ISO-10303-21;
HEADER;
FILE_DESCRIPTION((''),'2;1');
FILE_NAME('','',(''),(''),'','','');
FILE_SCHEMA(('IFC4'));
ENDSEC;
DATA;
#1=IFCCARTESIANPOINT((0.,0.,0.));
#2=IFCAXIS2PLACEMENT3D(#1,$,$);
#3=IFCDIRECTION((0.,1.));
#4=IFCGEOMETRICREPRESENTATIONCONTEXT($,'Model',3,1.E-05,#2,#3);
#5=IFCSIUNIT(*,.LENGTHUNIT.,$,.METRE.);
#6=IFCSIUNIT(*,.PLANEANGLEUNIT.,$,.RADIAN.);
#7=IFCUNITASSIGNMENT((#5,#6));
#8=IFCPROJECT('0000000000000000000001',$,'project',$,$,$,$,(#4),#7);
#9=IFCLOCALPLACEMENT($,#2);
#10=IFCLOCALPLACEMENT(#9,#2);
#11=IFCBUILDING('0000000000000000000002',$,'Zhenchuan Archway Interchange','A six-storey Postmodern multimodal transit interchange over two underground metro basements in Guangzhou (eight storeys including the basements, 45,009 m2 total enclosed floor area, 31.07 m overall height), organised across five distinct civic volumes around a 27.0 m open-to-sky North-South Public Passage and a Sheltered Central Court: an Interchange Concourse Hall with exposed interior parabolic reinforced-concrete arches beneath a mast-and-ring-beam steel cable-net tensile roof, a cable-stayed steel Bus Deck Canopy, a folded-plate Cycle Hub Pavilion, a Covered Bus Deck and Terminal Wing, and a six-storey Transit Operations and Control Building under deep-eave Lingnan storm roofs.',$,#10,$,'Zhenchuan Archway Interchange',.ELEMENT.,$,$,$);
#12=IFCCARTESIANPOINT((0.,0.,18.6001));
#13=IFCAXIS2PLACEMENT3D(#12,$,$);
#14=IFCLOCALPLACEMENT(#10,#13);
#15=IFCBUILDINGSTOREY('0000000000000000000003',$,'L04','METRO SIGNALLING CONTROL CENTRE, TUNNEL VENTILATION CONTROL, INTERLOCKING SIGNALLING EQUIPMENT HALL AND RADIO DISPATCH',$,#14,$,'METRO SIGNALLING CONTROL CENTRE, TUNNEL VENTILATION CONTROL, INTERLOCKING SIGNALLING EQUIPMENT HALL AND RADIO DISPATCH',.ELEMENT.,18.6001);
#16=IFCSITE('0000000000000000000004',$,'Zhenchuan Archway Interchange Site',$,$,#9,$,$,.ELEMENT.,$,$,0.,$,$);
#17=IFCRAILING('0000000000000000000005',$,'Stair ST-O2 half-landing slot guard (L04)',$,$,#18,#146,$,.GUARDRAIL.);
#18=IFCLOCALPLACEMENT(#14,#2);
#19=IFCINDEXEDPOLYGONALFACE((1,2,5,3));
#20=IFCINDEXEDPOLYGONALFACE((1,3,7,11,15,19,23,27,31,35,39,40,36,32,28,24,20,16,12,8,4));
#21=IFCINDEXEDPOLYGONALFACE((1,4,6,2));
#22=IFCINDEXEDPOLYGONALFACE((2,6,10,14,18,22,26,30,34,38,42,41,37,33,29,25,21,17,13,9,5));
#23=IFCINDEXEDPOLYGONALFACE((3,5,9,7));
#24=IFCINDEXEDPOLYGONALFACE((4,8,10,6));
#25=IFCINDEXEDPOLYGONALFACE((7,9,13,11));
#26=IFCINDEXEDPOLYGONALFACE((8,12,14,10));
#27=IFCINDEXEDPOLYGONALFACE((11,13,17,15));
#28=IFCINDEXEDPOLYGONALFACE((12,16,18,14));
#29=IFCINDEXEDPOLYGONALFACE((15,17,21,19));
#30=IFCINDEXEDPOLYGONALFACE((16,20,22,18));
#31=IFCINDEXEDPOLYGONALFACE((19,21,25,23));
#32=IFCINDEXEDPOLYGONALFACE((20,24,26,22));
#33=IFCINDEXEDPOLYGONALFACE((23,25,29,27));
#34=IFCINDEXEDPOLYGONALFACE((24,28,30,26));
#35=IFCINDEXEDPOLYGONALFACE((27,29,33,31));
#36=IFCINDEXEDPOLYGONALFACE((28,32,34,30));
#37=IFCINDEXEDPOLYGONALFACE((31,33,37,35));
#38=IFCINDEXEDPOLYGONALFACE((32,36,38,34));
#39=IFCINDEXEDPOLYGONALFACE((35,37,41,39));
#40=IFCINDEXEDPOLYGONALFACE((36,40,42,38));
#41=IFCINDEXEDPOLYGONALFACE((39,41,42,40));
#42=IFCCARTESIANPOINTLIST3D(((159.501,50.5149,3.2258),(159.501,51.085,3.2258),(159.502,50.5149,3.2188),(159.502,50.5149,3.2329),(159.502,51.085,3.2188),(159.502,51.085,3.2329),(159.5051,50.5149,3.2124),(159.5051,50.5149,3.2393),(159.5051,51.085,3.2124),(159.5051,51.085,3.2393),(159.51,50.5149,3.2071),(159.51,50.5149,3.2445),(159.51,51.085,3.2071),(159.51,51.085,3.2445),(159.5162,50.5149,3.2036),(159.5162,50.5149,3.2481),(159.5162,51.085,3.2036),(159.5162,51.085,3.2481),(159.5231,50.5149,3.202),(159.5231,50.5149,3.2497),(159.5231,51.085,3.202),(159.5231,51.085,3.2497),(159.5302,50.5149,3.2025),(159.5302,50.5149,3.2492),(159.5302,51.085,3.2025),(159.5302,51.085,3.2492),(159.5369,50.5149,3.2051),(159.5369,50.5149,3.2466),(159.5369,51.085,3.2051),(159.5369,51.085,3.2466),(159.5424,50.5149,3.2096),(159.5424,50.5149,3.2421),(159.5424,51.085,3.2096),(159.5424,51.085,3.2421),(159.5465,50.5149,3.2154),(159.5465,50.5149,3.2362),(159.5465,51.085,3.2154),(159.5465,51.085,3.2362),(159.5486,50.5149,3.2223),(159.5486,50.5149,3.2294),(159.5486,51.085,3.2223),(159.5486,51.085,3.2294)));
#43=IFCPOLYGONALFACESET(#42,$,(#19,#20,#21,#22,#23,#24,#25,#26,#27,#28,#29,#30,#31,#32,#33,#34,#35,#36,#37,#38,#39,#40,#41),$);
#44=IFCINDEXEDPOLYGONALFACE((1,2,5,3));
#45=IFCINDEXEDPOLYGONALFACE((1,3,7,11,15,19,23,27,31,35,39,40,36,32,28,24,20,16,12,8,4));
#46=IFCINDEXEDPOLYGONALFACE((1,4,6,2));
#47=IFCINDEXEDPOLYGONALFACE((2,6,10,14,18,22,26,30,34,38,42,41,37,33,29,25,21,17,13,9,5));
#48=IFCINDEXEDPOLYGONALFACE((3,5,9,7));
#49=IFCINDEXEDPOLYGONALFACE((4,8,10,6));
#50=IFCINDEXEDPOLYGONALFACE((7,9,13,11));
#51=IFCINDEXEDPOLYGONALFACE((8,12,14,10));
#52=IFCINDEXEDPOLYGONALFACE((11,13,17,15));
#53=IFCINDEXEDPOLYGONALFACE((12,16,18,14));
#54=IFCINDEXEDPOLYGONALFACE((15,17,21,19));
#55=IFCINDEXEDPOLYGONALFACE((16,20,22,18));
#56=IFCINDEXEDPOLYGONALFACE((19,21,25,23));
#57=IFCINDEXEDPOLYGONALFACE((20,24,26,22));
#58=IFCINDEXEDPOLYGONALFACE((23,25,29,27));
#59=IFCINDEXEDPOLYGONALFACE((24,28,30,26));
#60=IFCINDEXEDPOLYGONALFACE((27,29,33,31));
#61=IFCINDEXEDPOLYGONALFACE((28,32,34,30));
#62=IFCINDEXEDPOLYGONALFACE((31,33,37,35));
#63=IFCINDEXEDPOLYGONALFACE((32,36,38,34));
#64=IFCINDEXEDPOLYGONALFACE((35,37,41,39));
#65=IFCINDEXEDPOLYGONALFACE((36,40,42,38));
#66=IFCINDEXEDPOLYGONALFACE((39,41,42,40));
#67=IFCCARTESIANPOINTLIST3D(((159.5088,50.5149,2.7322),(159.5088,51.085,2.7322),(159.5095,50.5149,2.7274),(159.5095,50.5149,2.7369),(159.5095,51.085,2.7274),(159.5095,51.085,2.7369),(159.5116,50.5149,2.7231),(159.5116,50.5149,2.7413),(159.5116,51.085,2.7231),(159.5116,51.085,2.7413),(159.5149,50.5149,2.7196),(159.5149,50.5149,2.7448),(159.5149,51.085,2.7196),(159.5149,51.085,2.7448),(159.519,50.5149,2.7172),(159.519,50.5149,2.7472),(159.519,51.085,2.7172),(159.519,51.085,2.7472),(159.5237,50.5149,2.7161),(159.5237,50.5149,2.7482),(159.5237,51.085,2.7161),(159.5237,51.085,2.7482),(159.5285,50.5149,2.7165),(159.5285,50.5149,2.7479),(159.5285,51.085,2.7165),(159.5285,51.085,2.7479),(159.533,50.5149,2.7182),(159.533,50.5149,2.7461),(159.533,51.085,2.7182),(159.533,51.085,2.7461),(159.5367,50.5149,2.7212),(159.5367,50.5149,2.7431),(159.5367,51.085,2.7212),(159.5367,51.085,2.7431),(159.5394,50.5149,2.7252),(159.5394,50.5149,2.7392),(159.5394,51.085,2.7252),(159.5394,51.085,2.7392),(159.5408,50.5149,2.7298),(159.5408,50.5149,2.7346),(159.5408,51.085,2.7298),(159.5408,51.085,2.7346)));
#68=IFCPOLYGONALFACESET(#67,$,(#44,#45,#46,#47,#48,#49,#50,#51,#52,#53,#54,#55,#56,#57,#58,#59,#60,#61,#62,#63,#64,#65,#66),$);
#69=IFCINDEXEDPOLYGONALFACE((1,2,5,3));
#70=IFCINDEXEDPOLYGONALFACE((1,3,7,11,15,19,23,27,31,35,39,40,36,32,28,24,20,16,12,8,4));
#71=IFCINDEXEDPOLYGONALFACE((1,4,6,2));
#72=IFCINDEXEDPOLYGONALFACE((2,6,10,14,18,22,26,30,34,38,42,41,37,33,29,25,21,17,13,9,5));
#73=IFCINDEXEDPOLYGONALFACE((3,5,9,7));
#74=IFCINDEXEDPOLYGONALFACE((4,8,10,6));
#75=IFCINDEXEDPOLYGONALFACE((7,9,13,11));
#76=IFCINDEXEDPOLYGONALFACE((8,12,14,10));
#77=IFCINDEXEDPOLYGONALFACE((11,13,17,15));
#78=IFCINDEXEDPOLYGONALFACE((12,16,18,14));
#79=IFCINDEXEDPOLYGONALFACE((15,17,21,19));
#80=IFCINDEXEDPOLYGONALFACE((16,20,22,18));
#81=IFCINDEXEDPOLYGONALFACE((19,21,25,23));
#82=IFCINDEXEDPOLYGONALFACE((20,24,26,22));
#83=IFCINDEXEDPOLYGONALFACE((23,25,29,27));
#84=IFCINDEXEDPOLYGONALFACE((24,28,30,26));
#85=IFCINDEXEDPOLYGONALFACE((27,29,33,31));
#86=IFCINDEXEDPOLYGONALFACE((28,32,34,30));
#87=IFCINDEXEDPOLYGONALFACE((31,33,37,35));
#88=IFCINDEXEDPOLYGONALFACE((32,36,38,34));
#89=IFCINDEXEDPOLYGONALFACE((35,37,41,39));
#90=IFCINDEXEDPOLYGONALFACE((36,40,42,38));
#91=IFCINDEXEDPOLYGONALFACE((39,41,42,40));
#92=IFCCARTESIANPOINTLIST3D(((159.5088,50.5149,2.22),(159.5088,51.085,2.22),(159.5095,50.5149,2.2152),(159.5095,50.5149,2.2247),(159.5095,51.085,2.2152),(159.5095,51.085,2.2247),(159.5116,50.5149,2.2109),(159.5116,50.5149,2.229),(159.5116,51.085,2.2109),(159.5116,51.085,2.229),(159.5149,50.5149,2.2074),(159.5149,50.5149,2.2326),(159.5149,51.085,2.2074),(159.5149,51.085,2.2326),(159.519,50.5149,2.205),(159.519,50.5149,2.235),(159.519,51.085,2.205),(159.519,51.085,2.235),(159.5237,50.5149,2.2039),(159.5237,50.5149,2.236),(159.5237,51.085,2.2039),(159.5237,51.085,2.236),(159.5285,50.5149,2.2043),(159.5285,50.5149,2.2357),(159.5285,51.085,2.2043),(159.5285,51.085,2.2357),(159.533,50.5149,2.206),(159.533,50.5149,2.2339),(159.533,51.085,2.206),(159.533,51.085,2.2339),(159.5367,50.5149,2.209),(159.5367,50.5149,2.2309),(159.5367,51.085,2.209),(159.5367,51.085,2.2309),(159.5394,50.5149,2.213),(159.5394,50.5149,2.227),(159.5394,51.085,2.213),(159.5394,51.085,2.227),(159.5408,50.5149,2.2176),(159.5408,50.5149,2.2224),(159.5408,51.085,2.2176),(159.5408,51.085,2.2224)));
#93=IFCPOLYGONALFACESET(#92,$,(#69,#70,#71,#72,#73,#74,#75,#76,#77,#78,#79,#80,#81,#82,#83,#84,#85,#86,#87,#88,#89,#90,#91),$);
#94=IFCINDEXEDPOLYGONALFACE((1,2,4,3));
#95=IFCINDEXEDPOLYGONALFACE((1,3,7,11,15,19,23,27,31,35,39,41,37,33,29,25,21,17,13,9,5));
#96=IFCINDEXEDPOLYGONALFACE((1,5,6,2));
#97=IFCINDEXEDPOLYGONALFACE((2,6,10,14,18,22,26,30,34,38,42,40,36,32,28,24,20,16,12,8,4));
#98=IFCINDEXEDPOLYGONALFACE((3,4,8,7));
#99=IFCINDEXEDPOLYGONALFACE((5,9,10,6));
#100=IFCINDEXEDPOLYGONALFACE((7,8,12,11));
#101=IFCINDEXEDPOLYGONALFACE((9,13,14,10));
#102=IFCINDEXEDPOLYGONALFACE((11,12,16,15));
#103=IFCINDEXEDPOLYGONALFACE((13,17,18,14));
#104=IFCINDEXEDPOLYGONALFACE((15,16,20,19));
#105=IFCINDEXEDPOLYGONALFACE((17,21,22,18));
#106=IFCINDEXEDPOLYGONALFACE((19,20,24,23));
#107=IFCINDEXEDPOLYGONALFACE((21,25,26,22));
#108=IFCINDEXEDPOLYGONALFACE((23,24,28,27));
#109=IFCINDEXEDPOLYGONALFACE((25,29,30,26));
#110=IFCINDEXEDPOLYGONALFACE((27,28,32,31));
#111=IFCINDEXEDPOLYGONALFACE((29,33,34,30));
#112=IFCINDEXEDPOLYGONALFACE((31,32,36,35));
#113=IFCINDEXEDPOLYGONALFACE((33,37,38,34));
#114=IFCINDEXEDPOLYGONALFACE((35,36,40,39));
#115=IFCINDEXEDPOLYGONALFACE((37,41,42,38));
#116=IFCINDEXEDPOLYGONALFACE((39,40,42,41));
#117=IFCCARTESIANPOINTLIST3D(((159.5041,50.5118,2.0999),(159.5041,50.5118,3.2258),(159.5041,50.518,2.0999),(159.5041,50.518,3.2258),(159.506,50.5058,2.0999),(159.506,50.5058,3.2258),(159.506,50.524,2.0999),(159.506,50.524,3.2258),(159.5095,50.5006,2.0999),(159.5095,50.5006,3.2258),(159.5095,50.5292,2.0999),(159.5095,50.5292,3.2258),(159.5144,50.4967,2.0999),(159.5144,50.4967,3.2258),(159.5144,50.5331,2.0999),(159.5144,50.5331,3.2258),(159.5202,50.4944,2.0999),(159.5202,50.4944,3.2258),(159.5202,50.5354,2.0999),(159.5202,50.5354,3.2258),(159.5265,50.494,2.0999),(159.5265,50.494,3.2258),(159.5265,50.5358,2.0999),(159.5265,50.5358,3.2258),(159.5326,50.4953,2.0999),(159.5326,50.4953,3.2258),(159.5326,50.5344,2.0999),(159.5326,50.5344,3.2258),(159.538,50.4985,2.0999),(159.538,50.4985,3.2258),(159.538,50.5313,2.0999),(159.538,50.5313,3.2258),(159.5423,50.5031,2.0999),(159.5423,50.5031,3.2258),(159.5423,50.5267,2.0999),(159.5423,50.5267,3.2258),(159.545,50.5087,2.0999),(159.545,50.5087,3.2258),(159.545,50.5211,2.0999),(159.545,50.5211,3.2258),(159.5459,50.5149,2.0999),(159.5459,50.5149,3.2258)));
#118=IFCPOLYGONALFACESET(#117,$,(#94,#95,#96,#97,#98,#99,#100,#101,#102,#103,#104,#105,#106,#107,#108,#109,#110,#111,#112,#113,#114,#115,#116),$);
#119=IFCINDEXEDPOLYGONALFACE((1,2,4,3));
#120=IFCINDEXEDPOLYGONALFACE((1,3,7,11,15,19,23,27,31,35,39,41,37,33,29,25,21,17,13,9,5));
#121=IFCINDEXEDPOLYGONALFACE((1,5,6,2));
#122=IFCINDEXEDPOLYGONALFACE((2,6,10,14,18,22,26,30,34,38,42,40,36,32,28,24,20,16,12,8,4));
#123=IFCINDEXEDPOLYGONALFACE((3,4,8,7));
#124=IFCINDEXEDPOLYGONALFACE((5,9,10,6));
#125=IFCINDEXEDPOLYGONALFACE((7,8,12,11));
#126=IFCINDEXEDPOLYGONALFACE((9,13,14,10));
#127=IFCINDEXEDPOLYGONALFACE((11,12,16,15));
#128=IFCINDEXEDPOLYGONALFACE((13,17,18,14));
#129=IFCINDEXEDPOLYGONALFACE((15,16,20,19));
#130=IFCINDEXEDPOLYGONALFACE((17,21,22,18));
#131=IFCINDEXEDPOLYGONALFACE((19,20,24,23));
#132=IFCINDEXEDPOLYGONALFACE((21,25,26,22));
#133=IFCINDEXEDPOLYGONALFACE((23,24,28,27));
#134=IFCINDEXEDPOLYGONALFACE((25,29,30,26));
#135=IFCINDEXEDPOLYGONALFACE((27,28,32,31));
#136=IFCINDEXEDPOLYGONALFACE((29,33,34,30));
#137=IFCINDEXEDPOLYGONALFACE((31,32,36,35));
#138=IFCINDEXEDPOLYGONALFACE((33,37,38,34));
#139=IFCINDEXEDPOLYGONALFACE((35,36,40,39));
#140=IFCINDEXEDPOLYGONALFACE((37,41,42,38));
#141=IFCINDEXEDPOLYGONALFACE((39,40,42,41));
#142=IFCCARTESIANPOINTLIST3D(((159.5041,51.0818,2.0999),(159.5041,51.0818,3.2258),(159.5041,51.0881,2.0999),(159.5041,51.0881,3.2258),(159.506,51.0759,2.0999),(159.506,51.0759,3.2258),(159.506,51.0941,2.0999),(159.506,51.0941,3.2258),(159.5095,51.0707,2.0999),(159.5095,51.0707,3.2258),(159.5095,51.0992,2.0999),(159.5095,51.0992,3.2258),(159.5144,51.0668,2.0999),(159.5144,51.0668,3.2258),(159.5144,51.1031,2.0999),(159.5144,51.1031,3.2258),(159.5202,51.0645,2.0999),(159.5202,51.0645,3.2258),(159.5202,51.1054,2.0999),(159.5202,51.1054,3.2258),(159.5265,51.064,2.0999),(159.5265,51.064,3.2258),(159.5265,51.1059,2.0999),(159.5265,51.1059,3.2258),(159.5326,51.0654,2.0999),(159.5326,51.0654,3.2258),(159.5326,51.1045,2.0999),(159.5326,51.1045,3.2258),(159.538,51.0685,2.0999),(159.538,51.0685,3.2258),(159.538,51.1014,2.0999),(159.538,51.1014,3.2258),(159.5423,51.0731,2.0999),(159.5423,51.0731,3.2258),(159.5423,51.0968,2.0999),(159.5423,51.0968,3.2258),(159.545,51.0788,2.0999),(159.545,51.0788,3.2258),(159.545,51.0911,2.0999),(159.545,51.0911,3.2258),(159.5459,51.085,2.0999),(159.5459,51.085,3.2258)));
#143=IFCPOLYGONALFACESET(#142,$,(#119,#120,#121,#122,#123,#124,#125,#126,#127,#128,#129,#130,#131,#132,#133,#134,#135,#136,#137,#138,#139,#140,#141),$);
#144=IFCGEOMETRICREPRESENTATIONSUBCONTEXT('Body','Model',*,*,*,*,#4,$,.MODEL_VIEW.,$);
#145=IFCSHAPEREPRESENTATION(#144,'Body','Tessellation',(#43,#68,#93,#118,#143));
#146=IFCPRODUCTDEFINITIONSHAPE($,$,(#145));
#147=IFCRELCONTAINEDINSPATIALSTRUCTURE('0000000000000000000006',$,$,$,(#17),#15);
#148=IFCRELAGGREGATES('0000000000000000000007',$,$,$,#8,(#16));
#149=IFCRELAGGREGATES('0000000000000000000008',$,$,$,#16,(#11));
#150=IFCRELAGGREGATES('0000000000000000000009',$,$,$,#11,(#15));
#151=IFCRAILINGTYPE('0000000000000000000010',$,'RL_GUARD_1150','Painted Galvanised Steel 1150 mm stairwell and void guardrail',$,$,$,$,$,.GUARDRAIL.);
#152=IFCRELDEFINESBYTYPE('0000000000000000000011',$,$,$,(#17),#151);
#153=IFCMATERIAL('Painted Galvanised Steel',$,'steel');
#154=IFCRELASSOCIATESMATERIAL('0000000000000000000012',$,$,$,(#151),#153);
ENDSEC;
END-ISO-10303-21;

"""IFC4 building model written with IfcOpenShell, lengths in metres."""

from ifc_helpers import new_model, si_unit, direction, frame, origin, origin_2d, place, context, subcontext, project, spatial, circle, extrude, material, type_object, element, save


model = new_model("IFC4")

# Units and contexts
model_context = context("Model", 3, precision=1e-05, world=origin(), true_north=direction((0.0, 1.0)))
body_context = subcontext(model_context, "Body", "Model", "MODEL_VIEW")
ifc_project = project(units=[si_unit("LENGTHUNIT", "METRE"), si_unit("PLANEANGLEUNIT", "RADIAN")], contexts=[model_context])

# Site, building, storey
site_placement = place(None, origin())
site = spatial("IfcSite", under=ifc_project, at=site_placement, Name="Zhenchuan Archway Interchange Site", CompositionType="ELEMENT", RefElevation=0.0)
building_placement = place(site_placement, origin())
building = spatial("IfcBuilding", under=site, at=building_placement, Name="Zhenchuan Archway Interchange", Description="A six-storey Postmodern multimodal transit interchange over two underground metro basements in Guangzhou (eight storeys including the basements, 45,009 m2 total enclosed floor area, 31.07 m overall height), organised across five distinct civic volumes around a 27.0 m open-to-sky North-South Public Passage and a Sheltered Central Court: an Interchange Concourse Hall with exposed interior parabolic reinforced-concrete arches beneath a mast-and-ring-beam steel cable-net tensile roof, a cable-stayed steel Bus Deck Canopy, a folded-plate Cycle Hub Pavilion, a Covered Bus Deck and Terminal Wing, and a six-storey Transit Operations and Control Building under deep-eave Lingnan storm roofs.", LongName="Zhenchuan Archway Interchange", CompositionType="ELEMENT")
storey_placement = place(building_placement, frame((0.0, 0.0, 18.6001)))
storey = spatial("IfcBuildingStorey", under=building, at=storey_placement, Name="L04", Description="METRO SIGNALLING CONTROL CENTRE, TUNNEL VENTILATION CONTROL, INTERLOCKING SIGNALLING EQUIPMENT HALL AND RADIO DISPATCH", LongName="METRO SIGNALLING CONTROL CENTRE, TUNNEL VENTILATION CONTROL, INTERLOCKING SIGNALLING EQUIPMENT HALL AND RADIO DISPATCH", CompositionType="ELEMENT", Elevation=18.6001)

# Shared definitions
ifc_material_1 = material(Name="Painted Galvanised Steel", Category="steel")

# Railing
railing_type_1 = type_object("IfcRailingType", Name="RL_GUARD_1150", Description="Painted Galvanised Steel 1150 mm stairwell and void guardrail", PredefinedType="GUARDRAIL", material=ifc_material_1)
for number, where, name in (
    (1, (159.5249, 50.5149, 2.0999), "Stair ST-O2 half-landing slot guard (L04)"),
):
    element("IfcRailing", number, at=place(storey_placement, frame(where)), inside=storey, type_object=railing_type_1, Name=name, PredefinedType="GUARDRAIL", context=body_context, shape_type="SweptSolid", body=[
        extrude(circle(Radius=0.0239, at=origin_2d()), frame((0.0, 0.0, 1.126), z_axis=(0.0, 1.0, 0.0), x_axis=(-1.0, 0.0, 0.0)), (0.0, 0.0, 1.0), 0.5701),
        extrude(circle(Radius=0.0161, at=origin_2d()), frame((0.0, 0.0, 0.6323), z_axis=(0.0, 1.0, 0.0), x_axis=(-1.0, 0.0, 0.0)), (0.0, 0.0, 1.0), 0.5701),
        extrude(circle(Radius=0.0161, at=origin_2d()), frame((0.0, 0.0, 0.1201), z_axis=(0.0, 1.0, 0.0), x_axis=(-1.0, 0.0, 0.0)), (0.0, 0.0, 1.0), 0.5701),
        extrude(circle(Radius=0.021, at=origin_2d()), origin(), (0.0, 0.0, 1.0), 1.126),
        extrude(circle(Radius=0.021, at=origin_2d()), frame((0.0, 0.5701, 0.0)), (0.0, 0.0, 1.0), 1.126),
    ])

save(model, "model.ifc")
